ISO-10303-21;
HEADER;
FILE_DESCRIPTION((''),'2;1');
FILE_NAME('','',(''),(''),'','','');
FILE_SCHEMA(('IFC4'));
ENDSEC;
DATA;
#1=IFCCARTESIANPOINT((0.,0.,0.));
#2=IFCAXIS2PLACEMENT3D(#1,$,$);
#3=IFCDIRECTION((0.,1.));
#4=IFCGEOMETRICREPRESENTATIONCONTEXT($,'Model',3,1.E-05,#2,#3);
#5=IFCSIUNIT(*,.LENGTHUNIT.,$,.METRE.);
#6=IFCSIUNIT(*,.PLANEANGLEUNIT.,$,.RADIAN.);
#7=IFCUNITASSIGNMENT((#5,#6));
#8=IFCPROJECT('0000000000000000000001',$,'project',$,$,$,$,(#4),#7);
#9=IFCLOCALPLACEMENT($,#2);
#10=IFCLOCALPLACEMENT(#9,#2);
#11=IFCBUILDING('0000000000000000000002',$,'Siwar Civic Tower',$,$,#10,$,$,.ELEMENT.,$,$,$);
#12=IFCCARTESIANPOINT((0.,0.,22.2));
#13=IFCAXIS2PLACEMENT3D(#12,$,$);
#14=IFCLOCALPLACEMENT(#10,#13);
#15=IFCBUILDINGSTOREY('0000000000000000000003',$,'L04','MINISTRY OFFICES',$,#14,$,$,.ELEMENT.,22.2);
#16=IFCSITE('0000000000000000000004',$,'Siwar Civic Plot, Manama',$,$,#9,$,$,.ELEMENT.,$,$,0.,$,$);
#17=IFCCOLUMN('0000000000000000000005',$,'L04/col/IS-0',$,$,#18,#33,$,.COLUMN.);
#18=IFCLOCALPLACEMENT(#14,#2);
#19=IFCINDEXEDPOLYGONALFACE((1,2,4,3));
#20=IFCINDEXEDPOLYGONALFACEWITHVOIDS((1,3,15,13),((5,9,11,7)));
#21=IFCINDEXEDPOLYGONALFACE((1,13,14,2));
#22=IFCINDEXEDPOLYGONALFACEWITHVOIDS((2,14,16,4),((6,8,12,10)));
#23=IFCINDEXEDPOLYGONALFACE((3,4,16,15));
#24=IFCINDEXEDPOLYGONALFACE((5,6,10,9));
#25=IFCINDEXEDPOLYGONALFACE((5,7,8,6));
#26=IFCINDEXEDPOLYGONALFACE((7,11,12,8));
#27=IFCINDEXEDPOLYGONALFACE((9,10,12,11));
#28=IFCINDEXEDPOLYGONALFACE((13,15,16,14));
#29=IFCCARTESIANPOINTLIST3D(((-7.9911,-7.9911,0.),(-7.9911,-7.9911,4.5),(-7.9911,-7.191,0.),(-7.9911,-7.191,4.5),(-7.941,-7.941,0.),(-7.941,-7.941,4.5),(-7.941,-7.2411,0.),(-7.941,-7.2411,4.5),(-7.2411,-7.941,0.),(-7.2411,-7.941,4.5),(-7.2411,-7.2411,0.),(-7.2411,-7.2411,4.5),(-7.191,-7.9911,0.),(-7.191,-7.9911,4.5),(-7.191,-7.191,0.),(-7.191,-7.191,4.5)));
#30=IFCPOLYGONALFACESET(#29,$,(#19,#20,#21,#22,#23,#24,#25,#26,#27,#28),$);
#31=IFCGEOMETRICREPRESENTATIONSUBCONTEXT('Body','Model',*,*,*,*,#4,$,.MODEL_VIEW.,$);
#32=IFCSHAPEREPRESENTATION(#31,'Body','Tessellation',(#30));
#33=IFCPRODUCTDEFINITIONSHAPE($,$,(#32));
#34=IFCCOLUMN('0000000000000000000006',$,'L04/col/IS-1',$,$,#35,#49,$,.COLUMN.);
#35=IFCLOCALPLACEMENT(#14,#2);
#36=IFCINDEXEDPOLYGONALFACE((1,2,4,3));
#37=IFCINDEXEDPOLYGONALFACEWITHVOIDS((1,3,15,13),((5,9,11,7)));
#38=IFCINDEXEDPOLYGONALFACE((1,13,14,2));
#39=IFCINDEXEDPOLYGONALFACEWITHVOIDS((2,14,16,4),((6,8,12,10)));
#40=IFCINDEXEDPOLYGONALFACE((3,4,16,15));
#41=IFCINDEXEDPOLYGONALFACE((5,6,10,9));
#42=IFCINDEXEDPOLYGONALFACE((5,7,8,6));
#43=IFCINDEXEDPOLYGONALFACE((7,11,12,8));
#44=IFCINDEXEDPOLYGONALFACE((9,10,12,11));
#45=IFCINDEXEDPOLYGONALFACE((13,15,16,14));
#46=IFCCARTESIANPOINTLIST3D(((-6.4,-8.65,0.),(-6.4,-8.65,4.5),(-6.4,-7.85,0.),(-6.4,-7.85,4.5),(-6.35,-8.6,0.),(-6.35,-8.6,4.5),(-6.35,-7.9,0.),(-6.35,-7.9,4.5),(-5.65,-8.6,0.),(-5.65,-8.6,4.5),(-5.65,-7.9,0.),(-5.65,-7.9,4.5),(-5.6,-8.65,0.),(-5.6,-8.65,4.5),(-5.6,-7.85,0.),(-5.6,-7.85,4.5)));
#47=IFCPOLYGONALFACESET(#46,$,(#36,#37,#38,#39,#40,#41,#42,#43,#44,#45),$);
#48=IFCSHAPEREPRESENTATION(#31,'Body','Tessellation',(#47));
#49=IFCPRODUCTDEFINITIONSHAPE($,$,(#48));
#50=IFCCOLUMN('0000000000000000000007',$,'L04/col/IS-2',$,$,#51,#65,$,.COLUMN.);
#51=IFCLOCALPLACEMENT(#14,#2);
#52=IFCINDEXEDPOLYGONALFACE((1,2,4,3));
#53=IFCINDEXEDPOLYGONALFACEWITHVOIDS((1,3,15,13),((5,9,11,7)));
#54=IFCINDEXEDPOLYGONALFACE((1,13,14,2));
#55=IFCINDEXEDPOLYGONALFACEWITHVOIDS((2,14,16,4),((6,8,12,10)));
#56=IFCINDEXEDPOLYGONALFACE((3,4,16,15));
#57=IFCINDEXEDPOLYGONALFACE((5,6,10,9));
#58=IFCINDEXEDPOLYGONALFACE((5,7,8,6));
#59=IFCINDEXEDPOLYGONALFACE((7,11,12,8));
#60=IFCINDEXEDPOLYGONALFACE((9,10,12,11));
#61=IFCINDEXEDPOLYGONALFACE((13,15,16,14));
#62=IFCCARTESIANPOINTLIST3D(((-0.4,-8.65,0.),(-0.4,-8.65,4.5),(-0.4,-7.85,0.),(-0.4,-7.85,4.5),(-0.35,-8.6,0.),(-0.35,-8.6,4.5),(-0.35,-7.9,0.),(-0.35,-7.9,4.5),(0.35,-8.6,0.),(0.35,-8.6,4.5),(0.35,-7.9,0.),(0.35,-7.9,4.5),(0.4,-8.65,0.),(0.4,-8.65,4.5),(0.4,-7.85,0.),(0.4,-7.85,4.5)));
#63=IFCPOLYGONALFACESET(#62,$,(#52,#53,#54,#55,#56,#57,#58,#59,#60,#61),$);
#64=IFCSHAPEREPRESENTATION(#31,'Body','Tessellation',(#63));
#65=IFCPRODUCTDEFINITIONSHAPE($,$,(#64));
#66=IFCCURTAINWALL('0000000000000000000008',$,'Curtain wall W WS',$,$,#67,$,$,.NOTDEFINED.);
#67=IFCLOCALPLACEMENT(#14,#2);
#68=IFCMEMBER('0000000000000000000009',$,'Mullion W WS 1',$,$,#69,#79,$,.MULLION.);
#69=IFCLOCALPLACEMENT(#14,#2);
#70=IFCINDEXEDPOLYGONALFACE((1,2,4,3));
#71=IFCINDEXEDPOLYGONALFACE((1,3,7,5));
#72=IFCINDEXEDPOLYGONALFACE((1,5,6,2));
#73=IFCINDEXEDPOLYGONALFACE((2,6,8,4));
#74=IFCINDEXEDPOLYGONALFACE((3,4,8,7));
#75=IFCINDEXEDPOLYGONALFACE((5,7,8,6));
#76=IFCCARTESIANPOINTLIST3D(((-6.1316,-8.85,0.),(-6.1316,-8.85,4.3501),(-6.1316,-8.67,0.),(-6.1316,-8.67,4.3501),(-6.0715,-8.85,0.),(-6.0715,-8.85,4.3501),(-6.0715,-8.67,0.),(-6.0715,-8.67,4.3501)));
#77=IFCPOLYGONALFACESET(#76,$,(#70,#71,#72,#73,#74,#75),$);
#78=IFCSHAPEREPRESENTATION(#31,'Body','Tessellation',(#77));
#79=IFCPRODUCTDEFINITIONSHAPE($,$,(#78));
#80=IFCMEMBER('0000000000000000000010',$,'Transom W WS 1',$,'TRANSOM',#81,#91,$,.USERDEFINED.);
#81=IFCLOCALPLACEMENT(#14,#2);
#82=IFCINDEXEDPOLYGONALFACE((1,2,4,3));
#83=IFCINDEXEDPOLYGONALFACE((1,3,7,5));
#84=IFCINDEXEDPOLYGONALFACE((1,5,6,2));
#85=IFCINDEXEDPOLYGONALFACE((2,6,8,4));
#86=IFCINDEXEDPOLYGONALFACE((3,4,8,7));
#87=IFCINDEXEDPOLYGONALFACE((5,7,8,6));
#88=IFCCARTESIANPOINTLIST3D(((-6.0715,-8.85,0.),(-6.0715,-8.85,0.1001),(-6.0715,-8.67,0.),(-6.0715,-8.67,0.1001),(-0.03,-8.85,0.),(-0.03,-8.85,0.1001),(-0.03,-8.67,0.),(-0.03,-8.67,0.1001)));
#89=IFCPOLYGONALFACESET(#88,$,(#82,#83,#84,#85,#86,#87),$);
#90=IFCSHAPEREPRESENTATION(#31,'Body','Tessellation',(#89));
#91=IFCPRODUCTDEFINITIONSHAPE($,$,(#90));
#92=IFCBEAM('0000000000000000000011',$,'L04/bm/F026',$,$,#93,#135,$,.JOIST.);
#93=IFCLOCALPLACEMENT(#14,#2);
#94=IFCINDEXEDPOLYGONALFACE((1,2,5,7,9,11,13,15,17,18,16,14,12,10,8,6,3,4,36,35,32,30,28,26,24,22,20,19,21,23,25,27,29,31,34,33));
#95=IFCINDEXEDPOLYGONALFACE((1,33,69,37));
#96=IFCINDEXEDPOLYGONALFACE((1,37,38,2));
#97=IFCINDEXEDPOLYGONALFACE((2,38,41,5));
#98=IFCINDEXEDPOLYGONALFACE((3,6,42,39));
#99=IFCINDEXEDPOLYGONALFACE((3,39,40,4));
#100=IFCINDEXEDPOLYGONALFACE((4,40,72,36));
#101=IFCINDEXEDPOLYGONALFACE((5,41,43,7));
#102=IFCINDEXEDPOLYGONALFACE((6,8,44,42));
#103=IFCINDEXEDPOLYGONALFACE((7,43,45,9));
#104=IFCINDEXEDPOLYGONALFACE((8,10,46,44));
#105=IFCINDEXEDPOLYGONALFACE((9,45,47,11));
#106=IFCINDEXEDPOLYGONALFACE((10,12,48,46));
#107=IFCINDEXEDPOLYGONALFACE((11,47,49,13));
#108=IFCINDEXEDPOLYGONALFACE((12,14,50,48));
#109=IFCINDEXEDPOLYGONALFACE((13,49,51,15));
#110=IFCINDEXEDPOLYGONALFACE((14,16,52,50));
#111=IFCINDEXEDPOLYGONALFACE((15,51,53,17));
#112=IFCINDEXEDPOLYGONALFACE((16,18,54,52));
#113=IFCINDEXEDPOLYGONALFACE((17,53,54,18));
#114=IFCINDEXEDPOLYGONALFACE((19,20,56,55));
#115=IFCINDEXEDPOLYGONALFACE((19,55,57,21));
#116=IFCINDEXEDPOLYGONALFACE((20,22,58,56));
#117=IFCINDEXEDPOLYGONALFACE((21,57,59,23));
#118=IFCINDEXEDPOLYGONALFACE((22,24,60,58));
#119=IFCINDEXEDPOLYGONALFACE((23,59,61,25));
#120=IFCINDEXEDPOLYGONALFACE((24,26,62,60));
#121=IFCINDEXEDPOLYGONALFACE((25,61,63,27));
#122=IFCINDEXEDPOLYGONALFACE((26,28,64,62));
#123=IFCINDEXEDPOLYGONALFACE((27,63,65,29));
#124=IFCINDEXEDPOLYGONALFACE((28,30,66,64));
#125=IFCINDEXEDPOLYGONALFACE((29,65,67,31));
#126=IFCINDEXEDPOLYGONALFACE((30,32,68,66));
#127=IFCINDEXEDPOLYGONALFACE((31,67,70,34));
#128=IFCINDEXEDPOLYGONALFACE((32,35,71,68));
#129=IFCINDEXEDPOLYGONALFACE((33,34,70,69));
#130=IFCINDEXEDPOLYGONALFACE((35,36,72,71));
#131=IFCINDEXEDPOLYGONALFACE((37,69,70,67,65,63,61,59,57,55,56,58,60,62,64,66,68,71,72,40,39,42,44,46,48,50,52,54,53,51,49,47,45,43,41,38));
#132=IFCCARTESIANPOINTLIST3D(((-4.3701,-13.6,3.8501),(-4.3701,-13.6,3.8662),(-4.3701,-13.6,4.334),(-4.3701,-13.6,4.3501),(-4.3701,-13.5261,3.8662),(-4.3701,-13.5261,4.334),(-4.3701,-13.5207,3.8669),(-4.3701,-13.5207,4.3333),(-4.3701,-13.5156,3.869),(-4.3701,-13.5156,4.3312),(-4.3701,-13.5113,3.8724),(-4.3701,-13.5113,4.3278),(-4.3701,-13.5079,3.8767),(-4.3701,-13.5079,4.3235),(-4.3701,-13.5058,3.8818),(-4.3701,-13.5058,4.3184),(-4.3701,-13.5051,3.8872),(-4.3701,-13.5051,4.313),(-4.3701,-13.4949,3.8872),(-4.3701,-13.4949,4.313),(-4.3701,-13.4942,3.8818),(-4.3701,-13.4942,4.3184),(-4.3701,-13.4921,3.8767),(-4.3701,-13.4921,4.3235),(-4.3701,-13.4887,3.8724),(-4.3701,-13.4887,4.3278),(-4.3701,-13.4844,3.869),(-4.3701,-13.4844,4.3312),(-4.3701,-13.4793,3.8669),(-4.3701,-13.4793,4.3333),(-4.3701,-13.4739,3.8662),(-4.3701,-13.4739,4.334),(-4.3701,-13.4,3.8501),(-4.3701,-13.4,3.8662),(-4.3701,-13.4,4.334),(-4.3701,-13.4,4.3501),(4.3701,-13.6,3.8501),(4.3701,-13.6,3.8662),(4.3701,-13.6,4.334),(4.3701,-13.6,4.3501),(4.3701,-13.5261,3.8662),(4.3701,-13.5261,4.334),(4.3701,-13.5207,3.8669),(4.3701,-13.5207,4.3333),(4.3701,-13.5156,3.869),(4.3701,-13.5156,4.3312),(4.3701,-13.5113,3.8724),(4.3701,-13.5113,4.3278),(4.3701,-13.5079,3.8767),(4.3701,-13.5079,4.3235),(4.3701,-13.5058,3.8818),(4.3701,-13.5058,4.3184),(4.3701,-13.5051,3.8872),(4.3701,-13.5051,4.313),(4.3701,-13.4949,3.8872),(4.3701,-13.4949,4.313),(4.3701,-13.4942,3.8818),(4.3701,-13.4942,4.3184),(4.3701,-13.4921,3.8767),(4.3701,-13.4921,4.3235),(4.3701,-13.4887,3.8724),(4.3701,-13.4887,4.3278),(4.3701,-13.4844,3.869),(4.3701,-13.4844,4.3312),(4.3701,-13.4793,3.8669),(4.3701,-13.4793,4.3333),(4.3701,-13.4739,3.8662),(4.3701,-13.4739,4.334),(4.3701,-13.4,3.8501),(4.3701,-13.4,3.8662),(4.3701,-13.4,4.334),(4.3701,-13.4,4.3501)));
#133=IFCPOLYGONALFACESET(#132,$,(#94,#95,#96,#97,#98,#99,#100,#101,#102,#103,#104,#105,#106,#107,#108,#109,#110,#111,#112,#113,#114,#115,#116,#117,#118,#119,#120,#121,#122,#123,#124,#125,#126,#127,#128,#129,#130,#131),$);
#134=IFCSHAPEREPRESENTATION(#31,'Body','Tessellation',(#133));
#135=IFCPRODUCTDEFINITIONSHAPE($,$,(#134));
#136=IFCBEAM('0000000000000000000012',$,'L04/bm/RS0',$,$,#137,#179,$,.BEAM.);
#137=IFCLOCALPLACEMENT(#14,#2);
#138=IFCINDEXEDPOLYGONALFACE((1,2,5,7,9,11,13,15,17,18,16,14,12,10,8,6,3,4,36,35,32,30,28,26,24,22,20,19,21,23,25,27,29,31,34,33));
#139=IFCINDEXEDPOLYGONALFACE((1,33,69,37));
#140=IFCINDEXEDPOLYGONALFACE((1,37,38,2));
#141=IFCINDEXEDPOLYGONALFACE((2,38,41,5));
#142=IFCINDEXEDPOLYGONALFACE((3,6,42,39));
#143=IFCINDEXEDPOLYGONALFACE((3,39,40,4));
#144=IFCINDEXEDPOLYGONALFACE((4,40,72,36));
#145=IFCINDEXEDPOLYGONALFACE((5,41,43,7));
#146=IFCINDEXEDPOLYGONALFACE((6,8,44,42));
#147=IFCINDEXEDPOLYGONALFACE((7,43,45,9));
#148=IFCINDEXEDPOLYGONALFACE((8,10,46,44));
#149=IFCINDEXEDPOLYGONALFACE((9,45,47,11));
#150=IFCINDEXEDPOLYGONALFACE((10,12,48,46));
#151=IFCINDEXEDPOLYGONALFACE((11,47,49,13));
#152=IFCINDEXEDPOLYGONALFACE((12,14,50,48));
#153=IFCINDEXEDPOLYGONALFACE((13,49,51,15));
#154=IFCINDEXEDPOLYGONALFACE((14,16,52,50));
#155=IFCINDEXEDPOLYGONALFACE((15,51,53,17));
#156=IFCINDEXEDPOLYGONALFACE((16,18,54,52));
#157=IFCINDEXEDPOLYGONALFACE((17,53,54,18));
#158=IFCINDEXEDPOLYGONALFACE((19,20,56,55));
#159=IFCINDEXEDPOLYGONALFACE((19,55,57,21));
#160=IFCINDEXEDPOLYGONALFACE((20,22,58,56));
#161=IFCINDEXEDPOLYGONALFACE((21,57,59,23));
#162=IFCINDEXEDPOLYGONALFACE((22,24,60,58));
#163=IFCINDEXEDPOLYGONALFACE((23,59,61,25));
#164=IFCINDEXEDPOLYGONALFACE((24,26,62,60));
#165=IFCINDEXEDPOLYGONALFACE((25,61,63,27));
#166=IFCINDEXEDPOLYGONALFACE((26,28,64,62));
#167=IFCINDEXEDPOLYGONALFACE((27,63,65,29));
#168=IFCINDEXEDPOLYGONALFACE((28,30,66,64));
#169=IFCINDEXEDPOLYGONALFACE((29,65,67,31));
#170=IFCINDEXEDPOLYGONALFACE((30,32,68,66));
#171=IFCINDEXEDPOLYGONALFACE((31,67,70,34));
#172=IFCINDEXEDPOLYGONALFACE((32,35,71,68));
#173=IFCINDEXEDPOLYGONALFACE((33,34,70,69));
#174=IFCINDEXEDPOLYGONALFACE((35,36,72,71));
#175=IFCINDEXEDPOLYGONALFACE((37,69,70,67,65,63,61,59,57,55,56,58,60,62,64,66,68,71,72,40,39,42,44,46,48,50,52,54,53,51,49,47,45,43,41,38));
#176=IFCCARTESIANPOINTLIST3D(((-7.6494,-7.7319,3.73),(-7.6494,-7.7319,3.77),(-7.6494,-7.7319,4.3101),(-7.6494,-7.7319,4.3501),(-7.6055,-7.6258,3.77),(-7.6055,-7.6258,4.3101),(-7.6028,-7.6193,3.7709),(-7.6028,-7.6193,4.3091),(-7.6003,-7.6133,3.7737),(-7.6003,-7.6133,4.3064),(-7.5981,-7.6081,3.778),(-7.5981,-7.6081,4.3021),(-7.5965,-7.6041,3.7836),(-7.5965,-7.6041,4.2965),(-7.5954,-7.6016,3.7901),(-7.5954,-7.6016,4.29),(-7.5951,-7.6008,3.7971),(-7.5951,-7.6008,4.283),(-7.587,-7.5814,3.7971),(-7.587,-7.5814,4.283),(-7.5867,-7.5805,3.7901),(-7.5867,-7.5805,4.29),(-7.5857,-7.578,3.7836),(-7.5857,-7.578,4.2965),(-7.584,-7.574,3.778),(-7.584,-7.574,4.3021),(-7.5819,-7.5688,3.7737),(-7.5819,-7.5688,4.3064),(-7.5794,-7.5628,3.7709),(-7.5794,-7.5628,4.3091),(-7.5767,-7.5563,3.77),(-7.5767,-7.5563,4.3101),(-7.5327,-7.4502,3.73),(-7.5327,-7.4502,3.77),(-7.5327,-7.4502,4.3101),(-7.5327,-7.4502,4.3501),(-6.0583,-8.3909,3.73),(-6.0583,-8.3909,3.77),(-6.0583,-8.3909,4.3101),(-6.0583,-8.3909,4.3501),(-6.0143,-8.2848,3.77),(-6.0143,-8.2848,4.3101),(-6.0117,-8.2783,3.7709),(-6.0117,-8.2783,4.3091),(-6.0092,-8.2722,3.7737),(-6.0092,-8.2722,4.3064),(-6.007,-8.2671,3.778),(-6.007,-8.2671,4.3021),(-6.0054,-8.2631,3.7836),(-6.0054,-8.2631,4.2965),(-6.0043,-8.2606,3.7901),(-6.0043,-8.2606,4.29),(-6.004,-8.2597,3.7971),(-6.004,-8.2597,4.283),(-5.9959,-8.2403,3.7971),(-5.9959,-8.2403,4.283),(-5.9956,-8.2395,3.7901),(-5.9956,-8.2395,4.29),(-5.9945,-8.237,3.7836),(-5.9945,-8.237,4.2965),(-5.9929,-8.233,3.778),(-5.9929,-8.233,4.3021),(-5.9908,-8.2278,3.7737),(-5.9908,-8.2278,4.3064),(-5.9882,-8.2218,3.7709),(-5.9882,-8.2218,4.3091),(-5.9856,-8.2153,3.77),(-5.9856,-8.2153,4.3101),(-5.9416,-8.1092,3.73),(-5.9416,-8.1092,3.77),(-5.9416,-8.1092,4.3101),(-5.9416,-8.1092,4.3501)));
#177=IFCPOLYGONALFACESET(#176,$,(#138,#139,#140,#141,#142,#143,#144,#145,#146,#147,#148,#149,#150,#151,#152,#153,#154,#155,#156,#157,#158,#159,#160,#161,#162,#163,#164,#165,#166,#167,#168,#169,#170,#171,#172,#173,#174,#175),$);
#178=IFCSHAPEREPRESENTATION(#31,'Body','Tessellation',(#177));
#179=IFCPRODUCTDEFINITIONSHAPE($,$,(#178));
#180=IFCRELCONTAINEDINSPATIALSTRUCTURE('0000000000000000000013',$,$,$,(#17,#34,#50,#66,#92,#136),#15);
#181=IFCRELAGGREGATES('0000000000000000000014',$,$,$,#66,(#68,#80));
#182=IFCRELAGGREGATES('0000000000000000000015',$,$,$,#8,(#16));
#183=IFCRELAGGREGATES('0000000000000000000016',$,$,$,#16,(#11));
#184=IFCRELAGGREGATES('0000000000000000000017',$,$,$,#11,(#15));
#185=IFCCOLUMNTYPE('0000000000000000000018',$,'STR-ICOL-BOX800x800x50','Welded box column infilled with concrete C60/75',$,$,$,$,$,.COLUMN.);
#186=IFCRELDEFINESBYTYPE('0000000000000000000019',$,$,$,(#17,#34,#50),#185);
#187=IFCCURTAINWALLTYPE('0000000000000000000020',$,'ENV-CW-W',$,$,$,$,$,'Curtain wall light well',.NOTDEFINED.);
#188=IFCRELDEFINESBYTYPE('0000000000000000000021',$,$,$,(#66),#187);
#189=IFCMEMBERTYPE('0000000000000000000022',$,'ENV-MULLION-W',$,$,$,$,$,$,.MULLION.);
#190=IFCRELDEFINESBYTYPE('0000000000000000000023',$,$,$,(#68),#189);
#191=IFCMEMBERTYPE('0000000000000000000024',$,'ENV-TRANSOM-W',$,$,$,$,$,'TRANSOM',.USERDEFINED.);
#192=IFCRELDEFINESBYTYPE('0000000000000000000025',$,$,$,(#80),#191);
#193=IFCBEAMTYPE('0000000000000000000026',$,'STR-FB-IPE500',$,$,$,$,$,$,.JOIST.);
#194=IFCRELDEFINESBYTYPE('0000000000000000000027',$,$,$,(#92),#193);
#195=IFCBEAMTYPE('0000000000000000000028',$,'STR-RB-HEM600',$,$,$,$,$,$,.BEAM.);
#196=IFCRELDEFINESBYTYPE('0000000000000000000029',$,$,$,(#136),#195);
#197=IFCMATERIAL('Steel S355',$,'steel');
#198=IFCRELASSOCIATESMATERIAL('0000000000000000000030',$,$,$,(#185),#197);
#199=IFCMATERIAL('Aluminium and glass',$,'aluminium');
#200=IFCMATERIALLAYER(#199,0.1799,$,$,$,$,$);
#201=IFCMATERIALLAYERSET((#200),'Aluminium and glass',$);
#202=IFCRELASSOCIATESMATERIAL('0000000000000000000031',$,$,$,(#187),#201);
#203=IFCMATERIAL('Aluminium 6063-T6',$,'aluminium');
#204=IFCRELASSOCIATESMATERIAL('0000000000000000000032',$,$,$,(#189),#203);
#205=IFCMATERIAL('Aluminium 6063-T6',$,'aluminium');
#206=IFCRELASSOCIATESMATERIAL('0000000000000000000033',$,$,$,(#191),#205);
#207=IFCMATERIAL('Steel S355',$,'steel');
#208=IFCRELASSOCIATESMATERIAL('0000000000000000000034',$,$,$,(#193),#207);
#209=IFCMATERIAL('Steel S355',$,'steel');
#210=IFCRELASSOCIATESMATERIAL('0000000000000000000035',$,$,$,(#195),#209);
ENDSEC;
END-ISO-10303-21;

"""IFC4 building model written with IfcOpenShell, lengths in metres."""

from ifc_helpers import new_model, si_unit, direction, frame, origin, origin_2d, place, context, subcontext, project, spatial, rectangle, hollow_rectangle, i_section, extrude, material, layer, layer_set, material_profile, profile_set, type_object, element, aggregate, save


model = new_model("IFC4")

# Units and contexts
model_context = context("Model", 3, precision=1e-05, world=origin(), true_north=direction((0.0, 1.0)))
body_context = subcontext(model_context, "Body", "Model", "MODEL_VIEW")
ifc_project = project(units=[si_unit("LENGTHUNIT", "METRE"), si_unit("PLANEANGLEUNIT", "RADIAN")], contexts=[model_context])

# Site, building, storey
site_placement = place(None, origin())
site = spatial("IfcSite", under=ifc_project, at=site_placement, Name="Siwar Civic Plot, Manama", CompositionType="ELEMENT", RefElevation=0.0)
building_placement = place(site_placement, origin())
building = spatial("IfcBuilding", under=site, at=building_placement, Name="Siwar Civic Tower", CompositionType="ELEMENT")
storey_placement = place(building_placement, frame((0.0, 0.0, 22.2)))
storey = spatial("IfcBuildingStorey", under=building, at=storey_placement, Name="L04", Description="MINISTRY OFFICES", CompositionType="ELEMENT", Elevation=22.2)

# Columns
ifc_material_1 = material(Name="Steel S355", Category="steel")
ifc_material_profile_1 = material_profile(ifc_material_1, hollow_rectangle(XDim=0.8, YDim=0.8, WallThickness=0.05, at=origin_2d()), Name="BOX800x800x50")
ifc_profile_set_1 = profile_set([ifc_material_profile_1], Name="Steel S355")
column_type = type_object("IfcColumnType", Name="STR-ICOL-BOX800x800x50", Description="Welded box column infilled with concrete C60/75", PredefinedType="COLUMN", material=ifc_profile_set_1)
for number, where, z_axis, x_axis, name in (
    (1, (-7.5911, -7.5911, 0.0), (0.0, 0.0, 1.0), (1.0, 0.0, 0.0), "L04/col/IS-0"),
    (2, (-6.0, -8.25, 0.0), (0.0, 0.0, 1.0), (1.0, 0.0, 0.0), "L04/col/IS-1"),
    (3, (0.0, -8.25, 0.0), (0.0, 0.0, 1.0), (1.0, 0.0, 0.0), "L04/col/IS-2"),
):
    element("IfcColumn", number, at=place(storey_placement, frame(where, z_axis=z_axis, x_axis=x_axis)), inside=storey, type_object=column_type, Name=name, PredefinedType="COLUMN", context=body_context, shape_type="SweptSolid", body=[
        extrude(hollow_rectangle(XDim=0.8, YDim=0.8, WallThickness=0.05, at=origin_2d()), origin(), (0.0, 0.0, 1.0), 4.5),
    ])

# Curtain wall, members
ifc_material_2 = material(Name="Aluminium and glass", Category="aluminium")
ifc_layer_1 = layer(ifc_material_2, 0.1799)
ifc_layer_set_1 = layer_set([ifc_layer_1], Name="Aluminium and glass")
curtain_wall_type = type_object("IfcCurtainWallType", Name="ENV-CW-W", ElementType="Curtain wall light well", PredefinedType="NOTDEFINED", material=ifc_layer_set_1)
curtain_wall_placement = place(storey_placement, origin())
curtain_wall = element("IfcCurtainWall", 4, at=curtain_wall_placement, inside=storey, type_object=curtain_wall_type, Name="Curtain wall W WS", PredefinedType="NOTDEFINED")
ifc_material_3 = material(Name="Aluminium 6063-T6", Category="aluminium")
ifc_material_profile_2 = material_profile(ifc_material_3, rectangle(XDim=0.1799, YDim=0.0601, at=origin_2d()), Name="AL 180x60")
ifc_profile_set_2 = profile_set([ifc_material_profile_2], Name="Aluminium 6063-T6")
member_type_1 = type_object("IfcMemberType", Name="ENV-MULLION-W", PredefinedType="MULLION", material=ifc_profile_set_2)
member_1_placement = place(storey_placement, frame((-6.1016, -8.76, 0.0), z_axis=(0.0, 0.0, 1.0), x_axis=(0.0, 1.0, 0.0)))
member_1 = element("IfcMember", 5, at=member_1_placement, type_object=member_type_1, Name="Mullion W WS 1", PredefinedType="MULLION", context=body_context, shape_type="SweptSolid", body=[
    extrude(rectangle(XDim=0.1799, YDim=0.0601, at=origin_2d()), origin(), (0.0, 0.0, 1.0), 4.3501),
])
ifc_material_4 = material(Name="Aluminium 6063-T6", Category="aluminium")
ifc_material_profile_3 = material_profile(ifc_material_4, rectangle(XDim=0.1799, YDim=0.1001, at=origin_2d()), Name="AL 180x100")
ifc_profile_set_3 = profile_set([ifc_material_profile_3], Name="Aluminium 6063-T6")
member_type_2 = type_object("IfcMemberType", Name="ENV-TRANSOM-W", ElementType="TRANSOM", PredefinedType="USERDEFINED", material=ifc_profile_set_3)
member_2_placement = place(storey_placement, frame((-6.0715, -8.76, 0.05), z_axis=(1.0, 0.0, 0.0), x_axis=(0.0, 1.0, 0.0)))
member_2 = element("IfcMember", 6, at=member_2_placement, type_object=member_type_2, Name="Transom W WS 1", ObjectType="TRANSOM", PredefinedType="USERDEFINED", context=body_context, shape_type="SweptSolid", body=[
    extrude(rectangle(XDim=0.1799, YDim=0.1001, at=origin_2d()), origin(), (0.0, 0.0, 1.0), 6.0415),
])

# Beams
ifc_material_5 = material(Name="Steel S355", Category="steel")
ifc_material_profile_4 = material_profile(ifc_material_5, i_section(OverallWidth=0.2, OverallDepth=0.5, WebThickness=0.0103, FlangeThickness=0.0161, FilletRadius=0.021, at=origin_2d()), Name="IPE500")
ifc_profile_set_4 = profile_set([ifc_material_profile_4], Name="Steel S355")
beam_type_1 = type_object("IfcBeamType", Name="STR-FB-IPE500", PredefinedType="JOIST", material=ifc_profile_set_4)
beam_1_placement = place(storey_placement, frame((-4.3701, -13.5, 4.1001), z_axis=(1.0, 0.0, 0.0), x_axis=(0.0, 1.0, 0.0)))
element("IfcBeam", 7, at=beam_1_placement, inside=storey, type_object=beam_type_1, Name="L04/bm/F026", PredefinedType="JOIST", context=body_context, shape_type="SweptSolid", body=[
    extrude(i_section(OverallWidth=0.2, OverallDepth=0.5, WebThickness=0.0103, FlangeThickness=0.0161, FilletRadius=0.021, at=origin_2d()), origin(), (0.0, 0.0, 1.0), 8.7402),
])
ifc_material_6 = material(Name="Steel S355", Category="steel")
ifc_material_profile_5 = material_profile(ifc_material_6, i_section(OverallWidth=0.3049, OverallDepth=0.6201, WebThickness=0.021, FlangeThickness=0.04, FilletRadius=0.0271, at=origin_2d()), Name="HEM600")
ifc_profile_set_5 = profile_set([ifc_material_profile_5], Name="Steel S355")
beam_type_2 = type_object("IfcBeamType", Name="STR-RB-HEM600", PredefinedType="BEAM", material=ifc_profile_set_5)
beam_2_placement = place(storey_placement, frame((-7.5911, -7.5911, 4.04), z_axis=(0.923901, -0.382631, 0.0), x_axis=(0.382631, 0.923901, 0.0)))
element("IfcBeam", 8, at=beam_2_placement, inside=storey, type_object=beam_type_2, Name="L04/bm/RS0", PredefinedType="BEAM", context=body_context, shape_type="SweptSolid", body=[
    extrude(i_section(OverallWidth=0.3049, OverallDepth=0.6201, WebThickness=0.021, FlangeThickness=0.04, FilletRadius=0.0271, at=origin_2d()), origin(), (0.0, 0.0, 1.0), 1.7222),
])

aggregate(curtain_wall, [member_1, member_2])

save(model, "model.ifc")
